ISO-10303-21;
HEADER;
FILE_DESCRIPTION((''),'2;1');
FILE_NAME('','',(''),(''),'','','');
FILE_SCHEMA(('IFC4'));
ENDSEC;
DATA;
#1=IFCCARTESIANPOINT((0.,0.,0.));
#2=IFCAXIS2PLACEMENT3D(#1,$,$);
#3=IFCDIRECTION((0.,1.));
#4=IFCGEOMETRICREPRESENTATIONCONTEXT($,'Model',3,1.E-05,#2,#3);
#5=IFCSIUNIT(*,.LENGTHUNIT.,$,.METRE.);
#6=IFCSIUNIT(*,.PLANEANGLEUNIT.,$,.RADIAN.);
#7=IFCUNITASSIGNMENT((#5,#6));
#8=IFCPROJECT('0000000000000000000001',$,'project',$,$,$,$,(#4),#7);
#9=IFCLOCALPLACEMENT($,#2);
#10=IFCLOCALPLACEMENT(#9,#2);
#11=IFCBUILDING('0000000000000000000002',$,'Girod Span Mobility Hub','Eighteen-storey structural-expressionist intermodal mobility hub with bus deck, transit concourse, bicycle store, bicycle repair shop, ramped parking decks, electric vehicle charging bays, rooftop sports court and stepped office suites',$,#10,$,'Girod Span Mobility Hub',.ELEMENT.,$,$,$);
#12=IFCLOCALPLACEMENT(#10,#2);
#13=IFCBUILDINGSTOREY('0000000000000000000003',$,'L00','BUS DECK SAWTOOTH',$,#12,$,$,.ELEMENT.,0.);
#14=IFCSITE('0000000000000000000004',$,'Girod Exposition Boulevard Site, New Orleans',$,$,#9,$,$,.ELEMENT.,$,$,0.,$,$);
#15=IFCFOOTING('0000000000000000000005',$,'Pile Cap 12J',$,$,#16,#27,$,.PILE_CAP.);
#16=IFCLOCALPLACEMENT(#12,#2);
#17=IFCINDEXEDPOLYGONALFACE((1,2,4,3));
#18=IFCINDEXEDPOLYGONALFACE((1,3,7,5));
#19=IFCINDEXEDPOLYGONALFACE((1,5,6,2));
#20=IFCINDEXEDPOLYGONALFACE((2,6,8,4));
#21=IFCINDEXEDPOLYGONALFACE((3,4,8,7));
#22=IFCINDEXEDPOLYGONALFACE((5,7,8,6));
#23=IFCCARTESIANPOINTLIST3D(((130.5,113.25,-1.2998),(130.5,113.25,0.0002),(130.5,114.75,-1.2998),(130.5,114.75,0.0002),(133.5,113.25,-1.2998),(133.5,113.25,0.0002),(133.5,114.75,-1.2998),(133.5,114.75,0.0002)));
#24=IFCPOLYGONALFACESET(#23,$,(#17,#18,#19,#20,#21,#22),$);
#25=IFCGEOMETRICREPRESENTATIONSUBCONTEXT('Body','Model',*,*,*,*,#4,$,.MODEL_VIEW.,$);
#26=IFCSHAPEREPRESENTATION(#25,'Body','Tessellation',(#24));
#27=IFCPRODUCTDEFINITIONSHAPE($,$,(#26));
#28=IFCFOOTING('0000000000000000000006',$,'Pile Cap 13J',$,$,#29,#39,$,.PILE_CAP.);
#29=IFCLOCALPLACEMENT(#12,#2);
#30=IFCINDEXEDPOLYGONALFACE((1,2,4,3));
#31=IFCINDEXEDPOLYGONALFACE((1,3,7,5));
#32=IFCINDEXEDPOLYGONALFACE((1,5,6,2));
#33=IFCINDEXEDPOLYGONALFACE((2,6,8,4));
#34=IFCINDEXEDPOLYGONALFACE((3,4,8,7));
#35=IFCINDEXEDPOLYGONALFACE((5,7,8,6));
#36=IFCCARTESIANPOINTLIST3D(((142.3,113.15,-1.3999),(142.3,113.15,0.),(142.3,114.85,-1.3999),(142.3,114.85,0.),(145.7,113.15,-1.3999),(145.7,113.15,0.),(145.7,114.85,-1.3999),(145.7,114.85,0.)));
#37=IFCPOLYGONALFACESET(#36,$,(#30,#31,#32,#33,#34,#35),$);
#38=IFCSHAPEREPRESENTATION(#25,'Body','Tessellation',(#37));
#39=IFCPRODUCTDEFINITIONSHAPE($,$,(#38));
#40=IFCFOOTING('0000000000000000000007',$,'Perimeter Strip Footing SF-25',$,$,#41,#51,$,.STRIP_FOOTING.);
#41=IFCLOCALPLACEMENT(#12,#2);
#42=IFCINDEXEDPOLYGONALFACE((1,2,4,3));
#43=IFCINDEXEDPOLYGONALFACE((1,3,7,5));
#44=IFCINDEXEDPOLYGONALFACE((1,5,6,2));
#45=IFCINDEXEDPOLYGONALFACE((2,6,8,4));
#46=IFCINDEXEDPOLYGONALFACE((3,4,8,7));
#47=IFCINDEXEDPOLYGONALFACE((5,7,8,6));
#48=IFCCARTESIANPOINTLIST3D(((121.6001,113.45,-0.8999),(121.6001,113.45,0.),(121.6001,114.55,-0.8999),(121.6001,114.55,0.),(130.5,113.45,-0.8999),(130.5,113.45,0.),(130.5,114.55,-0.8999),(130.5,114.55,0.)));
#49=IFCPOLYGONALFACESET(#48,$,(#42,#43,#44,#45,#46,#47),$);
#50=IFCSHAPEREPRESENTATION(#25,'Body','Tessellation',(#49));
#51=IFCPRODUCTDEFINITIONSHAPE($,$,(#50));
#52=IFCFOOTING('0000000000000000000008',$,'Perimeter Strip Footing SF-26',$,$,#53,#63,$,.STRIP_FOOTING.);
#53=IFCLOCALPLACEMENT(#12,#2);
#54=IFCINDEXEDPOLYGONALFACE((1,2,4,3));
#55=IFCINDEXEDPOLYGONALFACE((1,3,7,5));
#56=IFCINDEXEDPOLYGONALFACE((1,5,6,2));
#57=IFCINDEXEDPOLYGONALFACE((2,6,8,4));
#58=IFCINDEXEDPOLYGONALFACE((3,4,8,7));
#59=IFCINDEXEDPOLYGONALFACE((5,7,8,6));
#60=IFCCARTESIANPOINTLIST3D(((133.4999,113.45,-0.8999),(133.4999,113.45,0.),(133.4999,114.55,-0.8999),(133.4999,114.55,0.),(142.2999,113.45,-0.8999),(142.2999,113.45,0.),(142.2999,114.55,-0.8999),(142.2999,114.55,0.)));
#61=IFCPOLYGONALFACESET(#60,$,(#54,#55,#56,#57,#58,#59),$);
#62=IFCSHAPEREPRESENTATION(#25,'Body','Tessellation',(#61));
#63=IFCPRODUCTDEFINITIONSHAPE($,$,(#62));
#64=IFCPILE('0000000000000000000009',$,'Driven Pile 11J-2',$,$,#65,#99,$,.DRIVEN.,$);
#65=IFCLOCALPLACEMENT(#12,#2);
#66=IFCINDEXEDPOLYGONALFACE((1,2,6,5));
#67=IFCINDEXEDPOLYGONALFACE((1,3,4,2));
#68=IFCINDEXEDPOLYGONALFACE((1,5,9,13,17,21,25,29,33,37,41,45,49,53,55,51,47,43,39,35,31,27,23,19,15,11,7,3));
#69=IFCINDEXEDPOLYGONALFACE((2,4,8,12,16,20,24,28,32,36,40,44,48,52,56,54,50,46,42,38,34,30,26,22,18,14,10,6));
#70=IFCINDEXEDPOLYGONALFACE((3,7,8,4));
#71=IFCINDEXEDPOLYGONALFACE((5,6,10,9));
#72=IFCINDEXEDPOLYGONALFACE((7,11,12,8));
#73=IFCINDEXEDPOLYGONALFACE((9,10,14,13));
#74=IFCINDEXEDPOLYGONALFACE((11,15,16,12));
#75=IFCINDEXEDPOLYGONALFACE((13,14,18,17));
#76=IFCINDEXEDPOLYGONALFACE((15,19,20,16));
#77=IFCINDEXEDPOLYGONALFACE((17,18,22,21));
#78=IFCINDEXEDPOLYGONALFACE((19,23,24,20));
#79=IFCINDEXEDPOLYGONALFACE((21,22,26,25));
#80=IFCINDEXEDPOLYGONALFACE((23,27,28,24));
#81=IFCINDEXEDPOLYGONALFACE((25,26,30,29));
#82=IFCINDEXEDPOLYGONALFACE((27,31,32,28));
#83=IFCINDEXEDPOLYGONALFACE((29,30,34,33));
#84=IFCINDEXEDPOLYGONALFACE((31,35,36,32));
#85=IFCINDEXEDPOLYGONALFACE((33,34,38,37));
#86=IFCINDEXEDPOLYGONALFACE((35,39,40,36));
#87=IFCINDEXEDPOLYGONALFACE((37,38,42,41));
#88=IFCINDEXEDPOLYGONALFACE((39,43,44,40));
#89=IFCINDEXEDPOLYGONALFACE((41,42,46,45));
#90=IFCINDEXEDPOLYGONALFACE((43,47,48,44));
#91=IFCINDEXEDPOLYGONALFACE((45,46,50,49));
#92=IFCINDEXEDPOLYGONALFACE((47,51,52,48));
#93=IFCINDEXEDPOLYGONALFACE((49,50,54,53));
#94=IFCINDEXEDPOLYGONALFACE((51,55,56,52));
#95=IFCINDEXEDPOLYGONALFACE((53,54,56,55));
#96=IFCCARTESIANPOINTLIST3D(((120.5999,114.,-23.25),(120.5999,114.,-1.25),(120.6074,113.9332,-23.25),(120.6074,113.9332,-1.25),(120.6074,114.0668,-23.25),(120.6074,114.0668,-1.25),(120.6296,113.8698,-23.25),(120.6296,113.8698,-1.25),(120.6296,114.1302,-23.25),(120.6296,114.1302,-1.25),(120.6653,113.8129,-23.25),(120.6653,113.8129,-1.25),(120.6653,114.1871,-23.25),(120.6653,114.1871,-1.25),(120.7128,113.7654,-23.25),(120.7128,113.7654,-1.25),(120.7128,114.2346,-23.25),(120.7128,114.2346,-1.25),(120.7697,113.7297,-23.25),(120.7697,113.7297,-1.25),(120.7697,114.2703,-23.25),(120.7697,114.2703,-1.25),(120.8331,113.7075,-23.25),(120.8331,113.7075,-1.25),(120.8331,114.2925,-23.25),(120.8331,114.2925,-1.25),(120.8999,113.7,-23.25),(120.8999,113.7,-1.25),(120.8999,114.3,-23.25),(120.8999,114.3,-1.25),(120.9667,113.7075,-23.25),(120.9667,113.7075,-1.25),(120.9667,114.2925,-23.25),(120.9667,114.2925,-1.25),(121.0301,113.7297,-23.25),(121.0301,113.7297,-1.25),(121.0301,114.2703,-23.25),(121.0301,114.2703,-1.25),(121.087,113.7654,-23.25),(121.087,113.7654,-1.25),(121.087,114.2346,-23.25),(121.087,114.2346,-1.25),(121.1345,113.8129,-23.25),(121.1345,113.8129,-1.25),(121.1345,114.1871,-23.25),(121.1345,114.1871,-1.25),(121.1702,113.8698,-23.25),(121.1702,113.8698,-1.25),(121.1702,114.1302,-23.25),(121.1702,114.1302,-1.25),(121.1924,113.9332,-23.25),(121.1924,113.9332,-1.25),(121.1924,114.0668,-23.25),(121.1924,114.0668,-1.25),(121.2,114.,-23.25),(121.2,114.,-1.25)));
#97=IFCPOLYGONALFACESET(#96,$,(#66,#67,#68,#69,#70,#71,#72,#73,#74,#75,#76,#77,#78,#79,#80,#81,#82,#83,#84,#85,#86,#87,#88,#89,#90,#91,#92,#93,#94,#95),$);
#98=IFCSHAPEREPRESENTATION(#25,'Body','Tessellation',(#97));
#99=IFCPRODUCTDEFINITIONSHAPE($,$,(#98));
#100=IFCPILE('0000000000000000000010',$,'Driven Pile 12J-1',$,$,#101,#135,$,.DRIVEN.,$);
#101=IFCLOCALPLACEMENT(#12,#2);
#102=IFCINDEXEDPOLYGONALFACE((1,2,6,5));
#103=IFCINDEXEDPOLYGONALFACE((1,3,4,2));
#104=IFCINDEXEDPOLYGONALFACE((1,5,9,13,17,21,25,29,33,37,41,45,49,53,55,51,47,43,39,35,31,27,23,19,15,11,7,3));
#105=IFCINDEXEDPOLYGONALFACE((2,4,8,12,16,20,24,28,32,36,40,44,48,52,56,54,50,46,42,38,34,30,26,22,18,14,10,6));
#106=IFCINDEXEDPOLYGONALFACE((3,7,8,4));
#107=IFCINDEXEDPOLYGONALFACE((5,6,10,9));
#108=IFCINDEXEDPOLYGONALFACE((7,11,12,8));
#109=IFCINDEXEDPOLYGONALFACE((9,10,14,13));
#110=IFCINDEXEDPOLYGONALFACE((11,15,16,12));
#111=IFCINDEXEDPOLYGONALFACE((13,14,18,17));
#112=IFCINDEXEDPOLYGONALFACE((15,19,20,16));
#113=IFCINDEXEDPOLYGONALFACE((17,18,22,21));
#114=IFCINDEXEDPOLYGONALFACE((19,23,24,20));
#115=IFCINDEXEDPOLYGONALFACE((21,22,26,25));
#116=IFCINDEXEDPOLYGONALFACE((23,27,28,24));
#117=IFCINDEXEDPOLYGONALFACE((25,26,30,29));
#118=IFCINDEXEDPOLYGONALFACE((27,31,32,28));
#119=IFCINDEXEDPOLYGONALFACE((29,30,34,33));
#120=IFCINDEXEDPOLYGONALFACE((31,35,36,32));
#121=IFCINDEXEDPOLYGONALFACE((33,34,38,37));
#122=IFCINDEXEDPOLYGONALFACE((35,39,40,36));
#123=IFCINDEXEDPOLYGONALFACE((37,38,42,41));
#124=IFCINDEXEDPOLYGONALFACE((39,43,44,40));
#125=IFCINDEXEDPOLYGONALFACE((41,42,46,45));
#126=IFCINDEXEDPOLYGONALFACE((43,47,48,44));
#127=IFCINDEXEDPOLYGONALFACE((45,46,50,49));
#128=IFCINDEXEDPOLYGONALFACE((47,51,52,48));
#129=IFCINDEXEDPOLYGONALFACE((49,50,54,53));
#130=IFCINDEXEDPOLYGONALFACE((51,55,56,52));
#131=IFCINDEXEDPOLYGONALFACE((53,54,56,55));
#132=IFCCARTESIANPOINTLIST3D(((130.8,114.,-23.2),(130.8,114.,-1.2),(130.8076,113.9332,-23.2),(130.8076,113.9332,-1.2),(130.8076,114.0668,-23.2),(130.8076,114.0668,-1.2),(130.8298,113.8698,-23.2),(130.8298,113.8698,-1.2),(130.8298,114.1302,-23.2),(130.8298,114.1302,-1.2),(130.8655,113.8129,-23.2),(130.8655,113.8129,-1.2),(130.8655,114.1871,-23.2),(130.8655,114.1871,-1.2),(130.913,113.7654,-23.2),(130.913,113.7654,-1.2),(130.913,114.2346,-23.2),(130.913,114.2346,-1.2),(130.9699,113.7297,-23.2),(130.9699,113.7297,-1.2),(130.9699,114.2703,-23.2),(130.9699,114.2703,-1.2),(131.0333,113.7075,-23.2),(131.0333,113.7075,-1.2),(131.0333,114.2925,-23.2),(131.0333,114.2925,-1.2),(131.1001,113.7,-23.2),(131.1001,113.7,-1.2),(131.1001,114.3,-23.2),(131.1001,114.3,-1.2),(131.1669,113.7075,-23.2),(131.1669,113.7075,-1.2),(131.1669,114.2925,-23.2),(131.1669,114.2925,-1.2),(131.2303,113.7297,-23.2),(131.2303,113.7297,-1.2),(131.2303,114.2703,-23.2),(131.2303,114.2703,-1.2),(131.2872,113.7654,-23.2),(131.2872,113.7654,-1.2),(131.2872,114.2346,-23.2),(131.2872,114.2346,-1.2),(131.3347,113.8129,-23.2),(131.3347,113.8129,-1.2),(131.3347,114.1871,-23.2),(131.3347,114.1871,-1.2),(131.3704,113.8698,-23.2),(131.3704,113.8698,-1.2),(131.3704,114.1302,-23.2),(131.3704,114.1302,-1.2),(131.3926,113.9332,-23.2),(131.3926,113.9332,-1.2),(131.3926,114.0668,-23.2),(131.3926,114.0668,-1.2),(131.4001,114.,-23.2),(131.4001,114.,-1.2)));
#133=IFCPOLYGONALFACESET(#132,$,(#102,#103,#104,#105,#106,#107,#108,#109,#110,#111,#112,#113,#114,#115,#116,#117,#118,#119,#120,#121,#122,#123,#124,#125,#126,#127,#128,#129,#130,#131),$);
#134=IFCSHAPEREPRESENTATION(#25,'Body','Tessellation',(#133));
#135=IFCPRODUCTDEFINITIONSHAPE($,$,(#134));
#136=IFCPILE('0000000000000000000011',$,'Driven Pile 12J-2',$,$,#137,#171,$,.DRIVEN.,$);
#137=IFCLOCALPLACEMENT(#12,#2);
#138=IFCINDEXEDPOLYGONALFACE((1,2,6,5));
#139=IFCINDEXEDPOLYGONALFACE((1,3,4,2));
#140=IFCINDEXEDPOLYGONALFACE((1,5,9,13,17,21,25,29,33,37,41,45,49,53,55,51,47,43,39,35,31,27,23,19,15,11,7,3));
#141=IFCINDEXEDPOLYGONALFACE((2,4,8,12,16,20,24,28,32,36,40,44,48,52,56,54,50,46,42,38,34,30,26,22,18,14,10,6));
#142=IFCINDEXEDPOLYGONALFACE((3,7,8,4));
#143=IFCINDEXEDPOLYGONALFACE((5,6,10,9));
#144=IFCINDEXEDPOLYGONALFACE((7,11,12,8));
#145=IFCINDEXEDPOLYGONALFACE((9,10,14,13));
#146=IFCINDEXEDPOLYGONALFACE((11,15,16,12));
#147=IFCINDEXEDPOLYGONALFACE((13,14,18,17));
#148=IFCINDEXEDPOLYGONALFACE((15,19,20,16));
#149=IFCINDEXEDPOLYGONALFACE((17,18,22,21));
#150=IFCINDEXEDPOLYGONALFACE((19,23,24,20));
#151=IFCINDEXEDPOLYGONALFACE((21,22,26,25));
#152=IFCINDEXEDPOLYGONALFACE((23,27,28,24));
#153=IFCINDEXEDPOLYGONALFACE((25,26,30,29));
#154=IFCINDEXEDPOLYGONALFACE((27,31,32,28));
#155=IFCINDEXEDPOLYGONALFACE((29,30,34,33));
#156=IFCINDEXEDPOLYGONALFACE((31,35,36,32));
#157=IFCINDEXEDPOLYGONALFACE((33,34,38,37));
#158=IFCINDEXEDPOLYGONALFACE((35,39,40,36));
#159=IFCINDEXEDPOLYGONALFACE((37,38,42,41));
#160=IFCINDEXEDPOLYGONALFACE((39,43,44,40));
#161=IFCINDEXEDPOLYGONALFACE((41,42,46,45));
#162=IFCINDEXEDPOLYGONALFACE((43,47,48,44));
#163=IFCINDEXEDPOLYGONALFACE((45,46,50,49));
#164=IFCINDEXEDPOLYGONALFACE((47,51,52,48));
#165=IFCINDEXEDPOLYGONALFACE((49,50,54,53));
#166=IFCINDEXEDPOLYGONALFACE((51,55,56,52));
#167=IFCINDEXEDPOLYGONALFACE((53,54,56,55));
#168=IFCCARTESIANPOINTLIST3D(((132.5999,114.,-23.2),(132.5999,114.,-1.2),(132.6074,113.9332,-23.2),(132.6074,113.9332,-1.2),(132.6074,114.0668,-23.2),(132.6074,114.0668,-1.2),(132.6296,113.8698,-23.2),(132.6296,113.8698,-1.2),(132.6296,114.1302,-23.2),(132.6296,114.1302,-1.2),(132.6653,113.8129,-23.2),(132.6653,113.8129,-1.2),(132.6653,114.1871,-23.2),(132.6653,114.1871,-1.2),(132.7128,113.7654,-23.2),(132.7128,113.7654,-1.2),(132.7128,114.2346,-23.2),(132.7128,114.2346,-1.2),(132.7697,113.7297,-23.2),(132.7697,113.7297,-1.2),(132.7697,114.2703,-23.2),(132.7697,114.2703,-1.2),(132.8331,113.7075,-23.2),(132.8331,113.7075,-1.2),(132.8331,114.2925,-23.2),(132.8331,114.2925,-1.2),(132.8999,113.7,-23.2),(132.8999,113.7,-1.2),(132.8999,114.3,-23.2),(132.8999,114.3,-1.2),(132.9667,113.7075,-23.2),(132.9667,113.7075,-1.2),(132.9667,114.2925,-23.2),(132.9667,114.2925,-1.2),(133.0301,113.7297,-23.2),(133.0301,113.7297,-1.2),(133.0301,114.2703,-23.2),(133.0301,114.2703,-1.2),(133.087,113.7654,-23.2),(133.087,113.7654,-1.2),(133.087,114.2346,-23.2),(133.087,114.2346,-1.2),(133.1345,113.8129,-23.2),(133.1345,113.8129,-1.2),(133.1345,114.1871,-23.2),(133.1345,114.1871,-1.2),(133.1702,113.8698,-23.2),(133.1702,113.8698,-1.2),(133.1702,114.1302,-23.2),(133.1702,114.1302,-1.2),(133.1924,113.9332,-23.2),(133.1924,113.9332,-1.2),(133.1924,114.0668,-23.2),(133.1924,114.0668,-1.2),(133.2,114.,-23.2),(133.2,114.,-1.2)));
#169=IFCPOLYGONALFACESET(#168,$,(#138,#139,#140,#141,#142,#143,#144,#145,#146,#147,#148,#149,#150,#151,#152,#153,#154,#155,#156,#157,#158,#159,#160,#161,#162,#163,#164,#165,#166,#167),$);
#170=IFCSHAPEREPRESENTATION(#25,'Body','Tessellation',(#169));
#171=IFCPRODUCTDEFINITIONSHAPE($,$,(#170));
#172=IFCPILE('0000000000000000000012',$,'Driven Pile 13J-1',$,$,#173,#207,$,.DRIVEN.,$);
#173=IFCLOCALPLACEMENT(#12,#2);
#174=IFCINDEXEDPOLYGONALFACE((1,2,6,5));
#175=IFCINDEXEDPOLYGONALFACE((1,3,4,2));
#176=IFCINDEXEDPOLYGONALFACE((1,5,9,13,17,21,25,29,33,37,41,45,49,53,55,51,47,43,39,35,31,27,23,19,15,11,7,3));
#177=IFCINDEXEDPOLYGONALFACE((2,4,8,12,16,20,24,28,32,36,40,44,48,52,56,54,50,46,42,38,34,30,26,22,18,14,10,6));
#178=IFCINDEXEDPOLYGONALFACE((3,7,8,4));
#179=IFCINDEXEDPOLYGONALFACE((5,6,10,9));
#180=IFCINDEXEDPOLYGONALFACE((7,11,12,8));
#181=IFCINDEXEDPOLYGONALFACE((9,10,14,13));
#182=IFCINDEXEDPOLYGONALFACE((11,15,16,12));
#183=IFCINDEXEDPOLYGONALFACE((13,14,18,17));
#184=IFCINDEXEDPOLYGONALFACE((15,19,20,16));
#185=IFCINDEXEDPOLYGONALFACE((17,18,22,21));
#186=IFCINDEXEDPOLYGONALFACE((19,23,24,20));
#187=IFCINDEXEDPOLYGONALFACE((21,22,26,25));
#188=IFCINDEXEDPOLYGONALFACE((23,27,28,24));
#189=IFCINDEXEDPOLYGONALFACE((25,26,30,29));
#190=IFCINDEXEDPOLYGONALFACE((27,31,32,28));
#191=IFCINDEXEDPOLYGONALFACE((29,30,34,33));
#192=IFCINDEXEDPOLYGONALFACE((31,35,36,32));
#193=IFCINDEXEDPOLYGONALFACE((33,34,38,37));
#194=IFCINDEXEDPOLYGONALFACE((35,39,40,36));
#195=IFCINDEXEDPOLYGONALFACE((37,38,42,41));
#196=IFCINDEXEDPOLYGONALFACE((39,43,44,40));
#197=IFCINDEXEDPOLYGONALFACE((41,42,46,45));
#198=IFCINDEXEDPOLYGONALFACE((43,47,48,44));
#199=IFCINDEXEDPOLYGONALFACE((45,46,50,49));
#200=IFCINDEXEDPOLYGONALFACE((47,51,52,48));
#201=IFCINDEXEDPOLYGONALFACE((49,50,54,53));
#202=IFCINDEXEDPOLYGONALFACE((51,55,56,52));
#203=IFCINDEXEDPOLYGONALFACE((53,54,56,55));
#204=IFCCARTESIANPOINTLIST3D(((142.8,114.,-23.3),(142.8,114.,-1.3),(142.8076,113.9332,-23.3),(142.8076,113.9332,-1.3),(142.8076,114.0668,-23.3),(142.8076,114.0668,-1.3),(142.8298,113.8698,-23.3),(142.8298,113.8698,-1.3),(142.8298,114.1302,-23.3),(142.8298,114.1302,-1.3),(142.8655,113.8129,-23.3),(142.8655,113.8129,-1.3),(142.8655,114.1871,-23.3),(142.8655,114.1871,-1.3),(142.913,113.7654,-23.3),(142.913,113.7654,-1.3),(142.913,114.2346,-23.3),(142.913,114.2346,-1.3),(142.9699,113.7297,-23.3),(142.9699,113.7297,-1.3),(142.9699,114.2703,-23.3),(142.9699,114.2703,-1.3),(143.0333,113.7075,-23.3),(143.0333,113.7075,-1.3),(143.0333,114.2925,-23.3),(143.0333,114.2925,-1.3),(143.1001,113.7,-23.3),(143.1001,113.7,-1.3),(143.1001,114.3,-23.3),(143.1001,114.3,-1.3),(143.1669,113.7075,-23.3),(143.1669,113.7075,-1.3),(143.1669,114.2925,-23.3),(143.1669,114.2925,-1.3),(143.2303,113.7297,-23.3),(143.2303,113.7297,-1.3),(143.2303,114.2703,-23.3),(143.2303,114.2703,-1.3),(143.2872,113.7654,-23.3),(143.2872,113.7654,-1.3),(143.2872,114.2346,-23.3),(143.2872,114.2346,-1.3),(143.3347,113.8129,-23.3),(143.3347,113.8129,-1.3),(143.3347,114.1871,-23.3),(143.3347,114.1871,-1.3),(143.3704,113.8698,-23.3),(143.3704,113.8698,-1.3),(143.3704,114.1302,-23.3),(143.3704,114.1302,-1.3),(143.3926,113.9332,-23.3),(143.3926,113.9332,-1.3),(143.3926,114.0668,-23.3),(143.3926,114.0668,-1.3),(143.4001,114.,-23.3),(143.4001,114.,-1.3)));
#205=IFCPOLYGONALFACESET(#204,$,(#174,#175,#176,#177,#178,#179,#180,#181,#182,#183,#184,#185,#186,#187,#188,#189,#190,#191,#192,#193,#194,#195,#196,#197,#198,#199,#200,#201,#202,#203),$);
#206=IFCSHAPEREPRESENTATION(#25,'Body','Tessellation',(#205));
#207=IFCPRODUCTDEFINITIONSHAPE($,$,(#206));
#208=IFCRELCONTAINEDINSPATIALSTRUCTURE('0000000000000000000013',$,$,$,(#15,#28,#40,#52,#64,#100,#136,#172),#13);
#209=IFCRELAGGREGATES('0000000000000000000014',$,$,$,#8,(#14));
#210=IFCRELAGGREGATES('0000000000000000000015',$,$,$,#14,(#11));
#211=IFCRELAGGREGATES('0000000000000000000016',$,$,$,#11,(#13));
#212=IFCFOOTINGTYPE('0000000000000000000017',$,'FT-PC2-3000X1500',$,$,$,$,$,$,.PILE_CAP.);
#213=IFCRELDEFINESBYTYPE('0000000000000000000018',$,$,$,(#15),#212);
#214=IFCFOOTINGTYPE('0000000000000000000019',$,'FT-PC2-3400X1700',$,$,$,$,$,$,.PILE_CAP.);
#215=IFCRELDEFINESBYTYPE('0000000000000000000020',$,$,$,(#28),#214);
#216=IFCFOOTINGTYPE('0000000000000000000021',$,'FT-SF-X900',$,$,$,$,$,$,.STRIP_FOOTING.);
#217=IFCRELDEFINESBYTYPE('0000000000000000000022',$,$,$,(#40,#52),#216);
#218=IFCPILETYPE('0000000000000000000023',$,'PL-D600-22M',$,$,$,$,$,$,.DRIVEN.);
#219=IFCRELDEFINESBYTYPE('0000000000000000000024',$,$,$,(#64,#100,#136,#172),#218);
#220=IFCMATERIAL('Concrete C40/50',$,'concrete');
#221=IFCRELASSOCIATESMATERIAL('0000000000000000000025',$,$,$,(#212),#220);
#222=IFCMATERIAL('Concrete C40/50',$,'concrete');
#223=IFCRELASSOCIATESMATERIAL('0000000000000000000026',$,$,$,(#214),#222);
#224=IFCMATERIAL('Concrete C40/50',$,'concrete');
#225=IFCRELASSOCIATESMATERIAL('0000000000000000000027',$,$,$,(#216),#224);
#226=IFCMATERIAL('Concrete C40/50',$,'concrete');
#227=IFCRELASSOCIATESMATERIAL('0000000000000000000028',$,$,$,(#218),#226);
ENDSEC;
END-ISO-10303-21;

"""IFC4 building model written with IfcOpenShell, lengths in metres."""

from ifc_helpers import new_model, si_unit, direction, frame, origin, origin_2d, place, context, subcontext, project, spatial, rectangle, circle, extrude, material, material_profile, profile_set, type_object, element, save


model = new_model("IFC4")

# Units and contexts
model_context = context("Model", 3, precision=1e-05, world=origin(), true_north=direction((0.0, 1.0)))
body_context = subcontext(model_context, "Body", "Model", "MODEL_VIEW")
ifc_project = project(units=[si_unit("LENGTHUNIT", "METRE"), si_unit("PLANEANGLEUNIT", "RADIAN")], contexts=[model_context])

# Site, building, storey
site_placement = place(None, origin())
site = spatial("IfcSite", under=ifc_project, at=site_placement, Name="Girod Exposition Boulevard Site, New Orleans", CompositionType="ELEMENT", RefElevation=0.0)
building_placement = place(site_placement, origin())
building = spatial("IfcBuilding", under=site, at=building_placement, Name="Girod Span Mobility Hub", Description="Eighteen-storey structural-expressionist intermodal mobility hub with bus deck, transit concourse, bicycle store, bicycle repair shop, ramped parking decks, electric vehicle charging bays, rooftop sports court and stepped office suites", LongName="Girod Span Mobility Hub", CompositionType="ELEMENT")
storey_placement = place(building_placement, origin())
storey = spatial("IfcBuildingStorey", under=building, at=storey_placement, Name="L00", Description="BUS DECK SAWTOOTH", CompositionType="ELEMENT", Elevation=0.0)

# Footings
ifc_material_1 = material(Name="Concrete C40/50", Category="concrete")
footing_type_1 = type_object("IfcFootingType", Name="FT-PC2-3000X1500", PredefinedType="PILE_CAP", material=ifc_material_1)
footing_1_placement = place(storey_placement, frame((132.0, 114.0, -1.2998), z_axis=(0.0, 0.0, 1.0), x_axis=(1.0, 0.0, 0.0)))
element("IfcFooting", 1, at=footing_1_placement, inside=storey, type_object=footing_type_1, Name="Pile Cap 12J", PredefinedType="PILE_CAP", context=body_context, shape_type="SweptSolid", body=[
    extrude(rectangle(XDim=3.0, YDim=1.5, at=origin_2d()), origin(), (0.0, 0.0, 1.0), 1.3),
])
ifc_material_2 = material(Name="Concrete C40/50", Category="concrete")
footing_type_2 = type_object("IfcFootingType", Name="FT-PC2-3400X1700", PredefinedType="PILE_CAP", material=ifc_material_2)
footing_2_placement = place(storey_placement, frame((144.0, 114.0, -1.3999), z_axis=(0.0, 0.0, 1.0), x_axis=(1.0, 0.0, 0.0)))
element("IfcFooting", 2, at=footing_2_placement, inside=storey, type_object=footing_type_2, Name="Pile Cap 13J", PredefinedType="PILE_CAP", context=body_context, shape_type="SweptSolid", body=[
    extrude(rectangle(XDim=3.3999, YDim=1.7, at=origin_2d()), origin(), (0.0, 0.0, 1.0), 1.3999),
])
ifc_material_3 = material(Name="Concrete C40/50", Category="concrete")
footing_type_3 = type_object("IfcFootingType", Name="FT-SF-X900", PredefinedType="STRIP_FOOTING", material=ifc_material_3)
footing_3_placement = place(storey_placement, frame((126.05, 114.0, -0.8999), z_axis=(0.0, 0.0, 1.0), x_axis=(1.0, 0.0, 0.0)))
element("IfcFooting", 3, at=footing_3_placement, inside=storey, type_object=footing_type_3, Name="Perimeter Strip Footing SF-25", PredefinedType="STRIP_FOOTING", context=body_context, shape_type="SweptSolid", body=[
    extrude(rectangle(XDim=8.8999, YDim=1.1001, at=origin_2d()), origin(), (0.0, 0.0, 1.0), 0.8999),
])
footing_4_placement = place(storey_placement, frame((137.8999, 114.0, -0.8999), z_axis=(0.0, 0.0, 1.0), x_axis=(1.0, 0.0, 0.0)))
element("IfcFooting", 4, at=footing_4_placement, inside=storey, type_object=footing_type_3, Name="Perimeter Strip Footing SF-26", PredefinedType="STRIP_FOOTING", context=body_context, shape_type="SweptSolid", body=[
    extrude(rectangle(XDim=8.8, YDim=1.1001, at=origin_2d()), origin(), (0.0, 0.0, 1.0), 0.8999),
])

# Piles
ifc_material_4 = material(Name="Concrete C40/50", Category="concrete")
ifc_material_profile_1 = material_profile(ifc_material_4, circle(Radius=0.3, at=origin_2d()), Name="PILE-D600")
ifc_profile_set_1 = profile_set([ifc_material_profile_1], Name="Concrete C40/50")
pile_type_1 = type_object("IfcPileType", Name="PL-D600-22M", PredefinedType="DRIVEN", material=ifc_profile_set_1)
for number, where, z_axis, x_axis, name in (
    (5, (120.8999, 114.0, -1.25), (0.0, 0.0, -1.0), (1.0, 0.0, 0.0), "Driven Pile 11J-2"),
    (6, (131.1001, 114.0, -1.2), (0.0, 0.0, -1.0), (1.0, 0.0, 0.0), "Driven Pile 12J-1"),
    (7, (132.8999, 114.0, -1.2), (0.0, 0.0, -1.0), (1.0, 0.0, 0.0), "Driven Pile 12J-2"),
    (8, (143.1001, 114.0, -1.3), (0.0, 0.0, -1.0), (1.0, 0.0, 0.0), "Driven Pile 13J-1"),
):
    element("IfcPile", number, at=place(storey_placement, frame(where, z_axis=z_axis, x_axis=x_axis)), inside=storey, type_object=pile_type_1, Name=name, PredefinedType="DRIVEN", context=body_context, shape_type="SweptSolid", body=[
        extrude(circle(Radius=0.3, at=origin_2d()), origin(), (0.0, 0.0, 1.0), 22.0),
    ])

save(model, "model.ifc")
